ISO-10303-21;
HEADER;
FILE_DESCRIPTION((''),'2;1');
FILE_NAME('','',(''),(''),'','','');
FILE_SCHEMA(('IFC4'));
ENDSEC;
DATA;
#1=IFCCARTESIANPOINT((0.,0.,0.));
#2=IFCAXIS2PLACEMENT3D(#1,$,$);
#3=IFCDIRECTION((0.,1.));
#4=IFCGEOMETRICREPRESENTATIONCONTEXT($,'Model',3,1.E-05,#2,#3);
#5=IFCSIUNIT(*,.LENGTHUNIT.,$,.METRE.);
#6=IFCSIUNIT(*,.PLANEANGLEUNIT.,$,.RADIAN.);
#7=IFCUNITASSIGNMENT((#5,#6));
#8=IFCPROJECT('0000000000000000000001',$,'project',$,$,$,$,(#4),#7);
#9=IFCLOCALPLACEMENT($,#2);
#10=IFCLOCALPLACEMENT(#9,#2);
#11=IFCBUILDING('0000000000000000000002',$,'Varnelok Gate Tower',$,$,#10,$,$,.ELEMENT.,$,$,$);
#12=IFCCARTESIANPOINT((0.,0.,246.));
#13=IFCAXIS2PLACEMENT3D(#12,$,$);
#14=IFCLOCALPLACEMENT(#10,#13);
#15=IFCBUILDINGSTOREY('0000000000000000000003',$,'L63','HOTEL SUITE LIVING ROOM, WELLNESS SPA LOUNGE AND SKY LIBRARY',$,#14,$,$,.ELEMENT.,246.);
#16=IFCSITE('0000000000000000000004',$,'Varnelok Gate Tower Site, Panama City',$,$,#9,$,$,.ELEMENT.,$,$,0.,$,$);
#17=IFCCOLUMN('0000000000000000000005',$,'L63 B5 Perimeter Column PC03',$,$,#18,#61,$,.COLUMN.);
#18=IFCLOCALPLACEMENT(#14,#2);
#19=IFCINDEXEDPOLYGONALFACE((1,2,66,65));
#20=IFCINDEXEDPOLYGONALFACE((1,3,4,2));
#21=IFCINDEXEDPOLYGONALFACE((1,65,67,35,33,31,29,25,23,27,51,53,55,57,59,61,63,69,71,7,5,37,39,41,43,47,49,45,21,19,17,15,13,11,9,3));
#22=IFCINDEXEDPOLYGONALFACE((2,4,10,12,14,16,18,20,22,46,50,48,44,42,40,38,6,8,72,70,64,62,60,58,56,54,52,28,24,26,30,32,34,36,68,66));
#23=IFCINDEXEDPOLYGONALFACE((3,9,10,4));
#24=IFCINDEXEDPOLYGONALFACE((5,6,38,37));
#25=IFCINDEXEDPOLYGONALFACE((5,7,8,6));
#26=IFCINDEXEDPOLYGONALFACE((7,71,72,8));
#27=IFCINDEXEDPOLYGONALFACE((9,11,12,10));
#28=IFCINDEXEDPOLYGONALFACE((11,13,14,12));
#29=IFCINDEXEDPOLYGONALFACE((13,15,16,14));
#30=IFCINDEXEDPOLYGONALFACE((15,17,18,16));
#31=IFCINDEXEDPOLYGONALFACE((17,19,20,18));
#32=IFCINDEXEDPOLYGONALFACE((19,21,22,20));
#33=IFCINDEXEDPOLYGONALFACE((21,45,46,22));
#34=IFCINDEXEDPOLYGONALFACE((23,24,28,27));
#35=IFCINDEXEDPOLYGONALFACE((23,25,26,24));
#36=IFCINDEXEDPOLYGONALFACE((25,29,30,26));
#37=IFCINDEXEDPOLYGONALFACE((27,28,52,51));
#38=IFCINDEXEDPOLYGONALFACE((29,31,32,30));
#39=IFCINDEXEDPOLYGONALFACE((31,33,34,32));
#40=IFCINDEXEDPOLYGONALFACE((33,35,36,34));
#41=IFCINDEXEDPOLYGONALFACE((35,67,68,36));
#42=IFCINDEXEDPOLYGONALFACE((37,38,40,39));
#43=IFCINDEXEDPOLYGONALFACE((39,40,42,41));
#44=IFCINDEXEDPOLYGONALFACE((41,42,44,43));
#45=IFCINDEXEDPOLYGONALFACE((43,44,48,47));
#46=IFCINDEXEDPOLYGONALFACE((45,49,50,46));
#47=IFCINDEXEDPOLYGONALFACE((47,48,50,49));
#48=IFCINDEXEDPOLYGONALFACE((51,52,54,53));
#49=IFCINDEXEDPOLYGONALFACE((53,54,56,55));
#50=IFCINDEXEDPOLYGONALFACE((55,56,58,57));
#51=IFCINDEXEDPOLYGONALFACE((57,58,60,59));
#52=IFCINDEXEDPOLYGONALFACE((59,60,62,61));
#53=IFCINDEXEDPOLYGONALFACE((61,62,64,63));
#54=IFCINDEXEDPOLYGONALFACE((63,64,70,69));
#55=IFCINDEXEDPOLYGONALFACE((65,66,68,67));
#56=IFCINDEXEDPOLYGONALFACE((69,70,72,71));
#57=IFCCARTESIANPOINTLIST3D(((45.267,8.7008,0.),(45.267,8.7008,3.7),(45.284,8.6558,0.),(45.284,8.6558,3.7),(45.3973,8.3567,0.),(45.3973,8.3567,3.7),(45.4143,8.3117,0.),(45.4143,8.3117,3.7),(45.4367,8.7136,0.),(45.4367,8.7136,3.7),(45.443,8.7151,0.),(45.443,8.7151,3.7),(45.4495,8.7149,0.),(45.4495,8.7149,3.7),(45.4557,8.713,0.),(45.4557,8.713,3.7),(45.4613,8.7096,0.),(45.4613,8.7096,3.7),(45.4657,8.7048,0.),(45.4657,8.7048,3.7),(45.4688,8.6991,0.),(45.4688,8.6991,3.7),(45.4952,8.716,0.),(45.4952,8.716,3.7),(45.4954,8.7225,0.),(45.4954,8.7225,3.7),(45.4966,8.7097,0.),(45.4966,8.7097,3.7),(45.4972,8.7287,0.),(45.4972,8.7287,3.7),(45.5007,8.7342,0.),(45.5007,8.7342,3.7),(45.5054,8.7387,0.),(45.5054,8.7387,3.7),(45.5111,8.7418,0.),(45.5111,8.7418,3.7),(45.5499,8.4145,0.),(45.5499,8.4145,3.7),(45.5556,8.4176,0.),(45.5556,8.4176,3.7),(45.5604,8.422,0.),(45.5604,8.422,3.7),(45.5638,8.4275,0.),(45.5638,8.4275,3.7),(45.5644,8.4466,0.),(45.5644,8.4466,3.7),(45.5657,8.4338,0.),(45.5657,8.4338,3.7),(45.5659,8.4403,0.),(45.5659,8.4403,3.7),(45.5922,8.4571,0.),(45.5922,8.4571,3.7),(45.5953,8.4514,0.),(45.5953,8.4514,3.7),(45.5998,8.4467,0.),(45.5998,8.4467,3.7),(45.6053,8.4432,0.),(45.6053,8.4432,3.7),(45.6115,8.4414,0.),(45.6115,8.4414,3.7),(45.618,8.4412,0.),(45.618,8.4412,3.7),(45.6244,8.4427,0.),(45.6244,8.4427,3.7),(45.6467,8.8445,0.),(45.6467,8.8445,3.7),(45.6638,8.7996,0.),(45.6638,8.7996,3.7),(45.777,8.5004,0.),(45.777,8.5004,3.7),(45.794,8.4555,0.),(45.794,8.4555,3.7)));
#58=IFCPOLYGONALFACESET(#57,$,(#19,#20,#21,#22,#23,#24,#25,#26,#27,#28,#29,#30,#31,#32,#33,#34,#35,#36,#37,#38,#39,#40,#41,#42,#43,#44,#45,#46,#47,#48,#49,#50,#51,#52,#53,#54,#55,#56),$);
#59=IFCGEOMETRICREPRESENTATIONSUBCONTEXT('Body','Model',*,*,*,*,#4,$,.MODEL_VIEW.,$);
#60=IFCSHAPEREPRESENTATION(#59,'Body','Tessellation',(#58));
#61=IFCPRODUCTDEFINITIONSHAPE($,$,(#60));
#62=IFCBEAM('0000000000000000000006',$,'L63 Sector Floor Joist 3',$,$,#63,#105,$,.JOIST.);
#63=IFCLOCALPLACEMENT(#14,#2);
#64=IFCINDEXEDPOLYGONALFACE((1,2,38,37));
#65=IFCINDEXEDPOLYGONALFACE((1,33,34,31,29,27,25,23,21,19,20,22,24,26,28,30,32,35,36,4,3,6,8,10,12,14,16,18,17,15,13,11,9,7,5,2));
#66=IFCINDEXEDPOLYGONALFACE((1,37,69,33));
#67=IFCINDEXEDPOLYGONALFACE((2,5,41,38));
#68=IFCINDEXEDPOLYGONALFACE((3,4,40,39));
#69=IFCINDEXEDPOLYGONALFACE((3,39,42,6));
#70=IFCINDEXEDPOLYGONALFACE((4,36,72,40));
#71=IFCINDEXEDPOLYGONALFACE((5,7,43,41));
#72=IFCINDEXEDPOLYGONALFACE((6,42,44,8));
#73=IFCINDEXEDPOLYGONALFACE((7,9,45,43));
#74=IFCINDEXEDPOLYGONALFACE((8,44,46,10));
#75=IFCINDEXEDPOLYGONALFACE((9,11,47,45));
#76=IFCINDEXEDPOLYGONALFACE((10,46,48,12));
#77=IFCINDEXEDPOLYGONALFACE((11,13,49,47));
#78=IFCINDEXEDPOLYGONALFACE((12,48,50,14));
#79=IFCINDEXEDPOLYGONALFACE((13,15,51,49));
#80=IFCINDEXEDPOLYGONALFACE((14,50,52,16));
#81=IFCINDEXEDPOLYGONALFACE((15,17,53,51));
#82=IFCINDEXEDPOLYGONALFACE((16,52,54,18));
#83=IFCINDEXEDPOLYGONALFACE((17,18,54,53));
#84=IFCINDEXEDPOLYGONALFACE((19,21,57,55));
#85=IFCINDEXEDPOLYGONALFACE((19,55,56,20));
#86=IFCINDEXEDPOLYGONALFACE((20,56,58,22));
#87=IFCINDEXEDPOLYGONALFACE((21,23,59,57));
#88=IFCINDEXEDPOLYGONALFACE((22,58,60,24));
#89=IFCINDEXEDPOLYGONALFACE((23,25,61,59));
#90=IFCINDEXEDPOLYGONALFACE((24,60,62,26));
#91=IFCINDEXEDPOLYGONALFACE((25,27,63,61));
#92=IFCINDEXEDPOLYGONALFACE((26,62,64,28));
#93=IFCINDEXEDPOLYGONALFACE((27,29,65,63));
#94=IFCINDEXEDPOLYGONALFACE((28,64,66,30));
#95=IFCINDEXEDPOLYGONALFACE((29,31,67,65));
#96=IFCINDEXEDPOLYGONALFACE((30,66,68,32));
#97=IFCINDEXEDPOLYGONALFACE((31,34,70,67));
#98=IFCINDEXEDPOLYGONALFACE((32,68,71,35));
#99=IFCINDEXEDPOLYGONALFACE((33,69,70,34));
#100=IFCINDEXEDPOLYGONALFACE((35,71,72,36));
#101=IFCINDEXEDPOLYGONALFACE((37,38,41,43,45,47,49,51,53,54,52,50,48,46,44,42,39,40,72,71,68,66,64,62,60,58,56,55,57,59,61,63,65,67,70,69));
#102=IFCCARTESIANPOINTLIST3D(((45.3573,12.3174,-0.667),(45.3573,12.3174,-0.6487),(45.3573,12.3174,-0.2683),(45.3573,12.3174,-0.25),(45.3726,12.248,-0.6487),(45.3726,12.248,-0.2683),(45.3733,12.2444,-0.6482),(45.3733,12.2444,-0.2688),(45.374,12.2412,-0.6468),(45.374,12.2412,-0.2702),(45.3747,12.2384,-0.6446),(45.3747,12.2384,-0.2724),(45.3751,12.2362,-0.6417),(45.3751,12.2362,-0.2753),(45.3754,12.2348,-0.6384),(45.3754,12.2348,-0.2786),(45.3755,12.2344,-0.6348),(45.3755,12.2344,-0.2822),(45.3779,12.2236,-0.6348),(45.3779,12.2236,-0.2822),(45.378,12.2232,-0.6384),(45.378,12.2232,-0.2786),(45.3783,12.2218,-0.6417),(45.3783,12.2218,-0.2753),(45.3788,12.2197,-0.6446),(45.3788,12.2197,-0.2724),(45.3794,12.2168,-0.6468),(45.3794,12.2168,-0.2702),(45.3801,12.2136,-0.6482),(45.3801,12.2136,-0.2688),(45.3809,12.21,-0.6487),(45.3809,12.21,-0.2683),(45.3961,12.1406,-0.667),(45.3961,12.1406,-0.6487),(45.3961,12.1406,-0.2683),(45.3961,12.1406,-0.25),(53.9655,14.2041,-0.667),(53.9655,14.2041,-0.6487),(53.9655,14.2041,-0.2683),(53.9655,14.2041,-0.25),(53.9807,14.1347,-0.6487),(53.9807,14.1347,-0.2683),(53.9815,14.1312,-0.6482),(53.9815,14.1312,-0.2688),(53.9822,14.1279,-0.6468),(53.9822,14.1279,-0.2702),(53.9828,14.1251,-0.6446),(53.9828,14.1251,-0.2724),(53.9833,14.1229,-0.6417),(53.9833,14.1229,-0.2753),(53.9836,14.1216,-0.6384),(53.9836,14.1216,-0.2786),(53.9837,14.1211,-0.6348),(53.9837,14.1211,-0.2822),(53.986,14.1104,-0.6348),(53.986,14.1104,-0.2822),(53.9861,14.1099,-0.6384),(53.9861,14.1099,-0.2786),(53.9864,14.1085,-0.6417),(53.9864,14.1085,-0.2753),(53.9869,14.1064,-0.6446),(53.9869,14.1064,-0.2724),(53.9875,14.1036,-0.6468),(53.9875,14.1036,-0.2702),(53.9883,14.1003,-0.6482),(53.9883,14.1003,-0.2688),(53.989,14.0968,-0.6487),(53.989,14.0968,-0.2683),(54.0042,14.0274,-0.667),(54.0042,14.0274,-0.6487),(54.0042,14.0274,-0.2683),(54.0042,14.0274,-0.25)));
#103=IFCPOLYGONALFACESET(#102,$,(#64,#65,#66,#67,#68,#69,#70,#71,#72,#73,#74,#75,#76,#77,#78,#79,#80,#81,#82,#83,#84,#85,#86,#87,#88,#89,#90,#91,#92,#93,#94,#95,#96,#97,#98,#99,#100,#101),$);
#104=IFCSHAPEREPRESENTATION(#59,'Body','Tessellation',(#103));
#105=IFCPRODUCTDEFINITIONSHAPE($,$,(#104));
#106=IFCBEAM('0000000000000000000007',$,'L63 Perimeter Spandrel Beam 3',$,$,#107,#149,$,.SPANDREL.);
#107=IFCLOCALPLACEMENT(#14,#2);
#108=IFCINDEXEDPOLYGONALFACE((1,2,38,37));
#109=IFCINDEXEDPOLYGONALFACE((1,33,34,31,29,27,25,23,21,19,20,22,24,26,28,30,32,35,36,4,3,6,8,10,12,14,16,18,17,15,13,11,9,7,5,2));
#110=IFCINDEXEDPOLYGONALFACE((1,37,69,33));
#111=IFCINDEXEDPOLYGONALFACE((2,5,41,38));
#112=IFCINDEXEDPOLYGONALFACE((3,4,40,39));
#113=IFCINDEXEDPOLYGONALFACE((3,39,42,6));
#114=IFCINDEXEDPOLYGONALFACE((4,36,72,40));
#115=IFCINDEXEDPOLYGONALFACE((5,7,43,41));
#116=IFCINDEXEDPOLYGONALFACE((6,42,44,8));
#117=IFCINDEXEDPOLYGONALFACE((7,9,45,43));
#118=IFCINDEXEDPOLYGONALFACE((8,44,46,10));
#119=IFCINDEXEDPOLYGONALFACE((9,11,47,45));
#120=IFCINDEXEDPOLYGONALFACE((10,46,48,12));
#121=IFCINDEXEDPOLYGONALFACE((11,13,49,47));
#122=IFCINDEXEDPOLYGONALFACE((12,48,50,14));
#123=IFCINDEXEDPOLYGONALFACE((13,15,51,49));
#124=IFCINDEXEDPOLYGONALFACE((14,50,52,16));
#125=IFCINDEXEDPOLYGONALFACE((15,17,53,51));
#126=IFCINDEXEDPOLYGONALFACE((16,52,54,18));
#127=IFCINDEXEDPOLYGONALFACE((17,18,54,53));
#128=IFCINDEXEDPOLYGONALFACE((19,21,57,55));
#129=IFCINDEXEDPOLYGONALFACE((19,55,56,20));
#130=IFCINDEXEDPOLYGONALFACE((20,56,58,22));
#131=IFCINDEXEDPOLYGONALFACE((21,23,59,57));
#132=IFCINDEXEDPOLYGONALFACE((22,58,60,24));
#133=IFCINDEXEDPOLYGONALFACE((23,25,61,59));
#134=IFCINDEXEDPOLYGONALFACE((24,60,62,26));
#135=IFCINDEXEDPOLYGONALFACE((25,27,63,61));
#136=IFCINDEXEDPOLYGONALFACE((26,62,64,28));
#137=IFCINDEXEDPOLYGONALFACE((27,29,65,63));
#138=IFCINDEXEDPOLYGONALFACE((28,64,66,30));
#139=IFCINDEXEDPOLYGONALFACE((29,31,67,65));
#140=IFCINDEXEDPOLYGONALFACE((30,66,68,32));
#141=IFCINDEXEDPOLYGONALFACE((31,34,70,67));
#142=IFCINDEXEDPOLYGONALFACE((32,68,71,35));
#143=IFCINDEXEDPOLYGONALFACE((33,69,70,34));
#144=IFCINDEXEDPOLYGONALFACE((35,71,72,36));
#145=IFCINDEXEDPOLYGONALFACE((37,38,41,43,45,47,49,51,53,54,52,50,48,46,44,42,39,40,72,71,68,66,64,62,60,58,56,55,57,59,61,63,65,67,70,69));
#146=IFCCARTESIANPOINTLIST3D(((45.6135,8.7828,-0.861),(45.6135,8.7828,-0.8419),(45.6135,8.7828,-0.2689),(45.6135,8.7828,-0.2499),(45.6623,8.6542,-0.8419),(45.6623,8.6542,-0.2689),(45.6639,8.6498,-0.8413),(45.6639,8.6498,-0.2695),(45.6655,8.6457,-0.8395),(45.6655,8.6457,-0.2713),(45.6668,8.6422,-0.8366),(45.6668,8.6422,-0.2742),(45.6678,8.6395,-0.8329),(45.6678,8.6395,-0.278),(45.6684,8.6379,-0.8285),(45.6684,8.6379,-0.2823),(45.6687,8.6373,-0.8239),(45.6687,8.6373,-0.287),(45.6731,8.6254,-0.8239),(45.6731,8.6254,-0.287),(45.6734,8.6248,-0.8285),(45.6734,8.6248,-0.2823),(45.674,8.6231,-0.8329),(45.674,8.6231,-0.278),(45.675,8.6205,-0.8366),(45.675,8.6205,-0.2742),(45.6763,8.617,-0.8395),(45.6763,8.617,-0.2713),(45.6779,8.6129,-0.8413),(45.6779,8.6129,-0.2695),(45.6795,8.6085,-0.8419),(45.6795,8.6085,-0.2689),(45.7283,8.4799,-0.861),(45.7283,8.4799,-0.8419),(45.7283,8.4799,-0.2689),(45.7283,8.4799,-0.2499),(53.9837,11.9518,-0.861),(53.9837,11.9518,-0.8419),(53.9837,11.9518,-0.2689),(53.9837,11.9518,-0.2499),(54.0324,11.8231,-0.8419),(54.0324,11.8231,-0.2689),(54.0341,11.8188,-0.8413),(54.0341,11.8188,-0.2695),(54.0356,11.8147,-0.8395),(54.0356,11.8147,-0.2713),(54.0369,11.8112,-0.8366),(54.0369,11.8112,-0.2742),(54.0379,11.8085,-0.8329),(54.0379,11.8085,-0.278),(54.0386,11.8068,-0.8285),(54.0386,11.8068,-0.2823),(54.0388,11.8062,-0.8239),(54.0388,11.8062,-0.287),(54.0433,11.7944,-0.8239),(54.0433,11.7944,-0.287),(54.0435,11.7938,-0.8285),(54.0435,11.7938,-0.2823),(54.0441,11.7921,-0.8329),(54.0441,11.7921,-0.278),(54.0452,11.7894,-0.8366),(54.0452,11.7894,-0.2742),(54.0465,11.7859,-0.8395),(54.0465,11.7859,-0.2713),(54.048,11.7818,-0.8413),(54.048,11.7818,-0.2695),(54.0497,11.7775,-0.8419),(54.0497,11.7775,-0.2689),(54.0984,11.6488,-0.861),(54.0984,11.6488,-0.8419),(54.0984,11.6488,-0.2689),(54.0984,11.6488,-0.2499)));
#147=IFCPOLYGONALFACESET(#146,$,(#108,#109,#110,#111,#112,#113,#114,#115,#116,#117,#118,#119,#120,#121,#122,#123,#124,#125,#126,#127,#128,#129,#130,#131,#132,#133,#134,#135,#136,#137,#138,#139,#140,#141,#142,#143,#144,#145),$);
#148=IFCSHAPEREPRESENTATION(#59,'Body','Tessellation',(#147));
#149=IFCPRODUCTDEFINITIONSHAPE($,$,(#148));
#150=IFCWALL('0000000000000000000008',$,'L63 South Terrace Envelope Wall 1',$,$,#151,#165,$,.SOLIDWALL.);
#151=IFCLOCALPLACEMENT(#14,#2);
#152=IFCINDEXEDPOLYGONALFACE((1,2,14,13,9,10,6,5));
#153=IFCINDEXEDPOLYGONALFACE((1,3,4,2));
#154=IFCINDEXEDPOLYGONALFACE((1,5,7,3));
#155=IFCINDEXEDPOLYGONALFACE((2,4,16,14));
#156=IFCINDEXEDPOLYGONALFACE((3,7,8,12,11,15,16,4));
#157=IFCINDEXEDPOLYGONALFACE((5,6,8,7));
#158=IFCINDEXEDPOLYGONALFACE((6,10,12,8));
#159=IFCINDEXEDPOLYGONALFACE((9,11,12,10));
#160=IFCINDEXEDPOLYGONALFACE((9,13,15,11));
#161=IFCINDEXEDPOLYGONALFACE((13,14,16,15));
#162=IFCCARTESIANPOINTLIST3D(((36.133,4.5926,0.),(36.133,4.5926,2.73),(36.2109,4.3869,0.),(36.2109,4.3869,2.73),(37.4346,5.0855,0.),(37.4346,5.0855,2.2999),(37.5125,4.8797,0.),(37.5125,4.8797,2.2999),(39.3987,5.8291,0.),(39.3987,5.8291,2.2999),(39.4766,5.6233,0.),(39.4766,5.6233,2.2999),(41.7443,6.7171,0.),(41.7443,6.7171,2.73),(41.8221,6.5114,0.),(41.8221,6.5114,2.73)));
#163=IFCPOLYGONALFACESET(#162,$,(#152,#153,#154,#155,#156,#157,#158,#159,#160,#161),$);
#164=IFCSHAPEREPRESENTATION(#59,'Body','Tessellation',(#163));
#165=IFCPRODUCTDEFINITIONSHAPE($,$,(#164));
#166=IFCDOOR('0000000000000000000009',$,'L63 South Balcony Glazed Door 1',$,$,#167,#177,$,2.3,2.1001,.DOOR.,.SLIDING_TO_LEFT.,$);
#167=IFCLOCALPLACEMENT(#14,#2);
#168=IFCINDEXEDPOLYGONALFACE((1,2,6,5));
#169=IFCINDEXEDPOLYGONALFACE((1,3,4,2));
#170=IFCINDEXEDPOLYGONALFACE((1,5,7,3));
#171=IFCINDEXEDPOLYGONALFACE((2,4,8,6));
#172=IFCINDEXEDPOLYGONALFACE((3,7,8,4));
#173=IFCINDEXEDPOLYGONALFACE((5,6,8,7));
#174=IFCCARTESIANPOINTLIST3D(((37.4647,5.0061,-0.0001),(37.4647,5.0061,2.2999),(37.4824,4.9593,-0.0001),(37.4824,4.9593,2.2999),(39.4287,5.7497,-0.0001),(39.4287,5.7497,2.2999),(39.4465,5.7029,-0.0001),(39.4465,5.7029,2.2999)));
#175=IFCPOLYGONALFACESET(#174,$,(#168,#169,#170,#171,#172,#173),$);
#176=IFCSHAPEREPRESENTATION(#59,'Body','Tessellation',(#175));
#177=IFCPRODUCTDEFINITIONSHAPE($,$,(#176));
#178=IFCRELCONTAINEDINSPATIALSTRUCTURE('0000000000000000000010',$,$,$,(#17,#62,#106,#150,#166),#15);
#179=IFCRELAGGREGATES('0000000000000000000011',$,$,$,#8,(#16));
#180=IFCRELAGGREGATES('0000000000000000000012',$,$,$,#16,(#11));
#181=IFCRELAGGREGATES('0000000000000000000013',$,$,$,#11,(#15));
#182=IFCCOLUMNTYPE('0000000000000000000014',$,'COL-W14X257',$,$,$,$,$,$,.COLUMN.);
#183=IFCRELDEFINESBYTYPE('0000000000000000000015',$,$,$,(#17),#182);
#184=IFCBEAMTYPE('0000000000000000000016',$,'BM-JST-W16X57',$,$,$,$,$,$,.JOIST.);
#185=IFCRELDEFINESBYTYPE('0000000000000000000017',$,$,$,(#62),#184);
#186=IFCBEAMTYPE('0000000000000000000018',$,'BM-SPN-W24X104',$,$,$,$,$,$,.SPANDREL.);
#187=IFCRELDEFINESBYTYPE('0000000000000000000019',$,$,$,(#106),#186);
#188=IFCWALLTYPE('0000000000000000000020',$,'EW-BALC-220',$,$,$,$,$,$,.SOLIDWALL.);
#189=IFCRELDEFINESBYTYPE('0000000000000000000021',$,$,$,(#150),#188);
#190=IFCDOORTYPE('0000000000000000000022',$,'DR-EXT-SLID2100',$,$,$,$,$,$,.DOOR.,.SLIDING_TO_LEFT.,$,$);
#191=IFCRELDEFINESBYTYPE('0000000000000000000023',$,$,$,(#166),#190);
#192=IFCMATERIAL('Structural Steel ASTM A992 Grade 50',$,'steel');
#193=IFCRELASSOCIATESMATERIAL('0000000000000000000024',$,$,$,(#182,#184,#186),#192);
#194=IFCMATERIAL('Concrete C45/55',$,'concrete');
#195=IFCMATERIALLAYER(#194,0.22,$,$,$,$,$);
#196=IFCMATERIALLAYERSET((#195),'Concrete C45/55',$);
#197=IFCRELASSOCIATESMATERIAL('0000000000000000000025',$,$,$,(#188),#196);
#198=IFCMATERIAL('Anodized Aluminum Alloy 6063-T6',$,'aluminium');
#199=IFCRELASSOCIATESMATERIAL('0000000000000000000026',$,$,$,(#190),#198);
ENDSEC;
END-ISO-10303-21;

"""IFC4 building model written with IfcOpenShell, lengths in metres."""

from ifc_helpers import new_model, si_unit, direction, frame, frame_2d, origin, origin_2d, place, context, subcontext, project, spatial, rectangle, i_section, extrude, material, layer, layer_set, material_profile, profile_set, type_object, element, fill, save


model = new_model("IFC4")

# Units and contexts
model_context = context("Model", 3, precision=1e-05, world=origin(), true_north=direction((0.0, 1.0)))
body_context = subcontext(model_context, "Body", "Model", "MODEL_VIEW")
ifc_project = project(units=[si_unit("LENGTHUNIT", "METRE"), si_unit("PLANEANGLEUNIT", "RADIAN")], contexts=[model_context])

# Site, building, storey
site_placement = place(None, origin())
site = spatial("IfcSite", under=ifc_project, at=site_placement, Name="Varnelok Gate Tower Site, Panama City", CompositionType="ELEMENT", RefElevation=0.0)
building_placement = place(site_placement, origin())
building = spatial("IfcBuilding", under=site, at=building_placement, Name="Varnelok Gate Tower", CompositionType="ELEMENT")
storey_placement = place(building_placement, frame((0.0, 0.0, 246.0)))
storey = spatial("IfcBuildingStorey", under=building, at=storey_placement, Name="L63", Description="HOTEL SUITE LIVING ROOM, WELLNESS SPA LOUNGE AND SKY LIBRARY", CompositionType="ELEMENT", Elevation=246.0)

# Column
ifc_material_1 = material(Name="Structural Steel ASTM A992 Grade 50", Category="steel")
ifc_material_profile_1 = material_profile(ifc_material_1, i_section(OverallWidth=0.406, OverallDepth=0.416, WebThickness=0.0298, FlangeThickness=0.0481, FilletRadius=0.0249, at=origin_2d()), Name="W14X257")
ifc_profile_set_1 = profile_set([ifc_material_profile_1], Name="Structural Steel ASTM A992 Grade 50")
column_type = type_object("IfcColumnType", Name="COL-W14X257", PredefinedType="COLUMN", material=ifc_profile_set_1)
column_placement = place(storey_placement, frame((45.5305, 8.5781, 0.0), z_axis=(0.0, 0.0, 1.0), x_axis=(0.935222, 0.354063, 0.0)))
element("IfcColumn", 1, at=column_placement, inside=storey, type_object=column_type, Name="L63 B5 Perimeter Column PC03", PredefinedType="COLUMN", context=body_context, shape_type="SweptSolid", body=[
    extrude(i_section(OverallWidth=0.406, OverallDepth=0.416, WebThickness=0.0298, FlangeThickness=0.0481, FilletRadius=0.0249, at=origin_2d()), origin(), (0.0, 0.0, 1.0), 3.7),
])

# Beams
ifc_material_profile_2 = material_profile(ifc_material_1, i_section(OverallWidth=0.1809, OverallDepth=0.417, WebThickness=0.011, FlangeThickness=0.0183, FilletRadius=0.0139, at=origin_2d()), Name="W16X57")
ifc_profile_set_2 = profile_set([ifc_material_profile_2], Name="Structural Steel ASTM A992 Grade 50")
beam_type_1 = type_object("IfcBeamType", Name="BM-JST-W16X57", PredefinedType="JOIST", material=ifc_profile_set_2)
beam_1_placement = place(storey_placement, frame((45.3767, 12.229, -0.4585), z_axis=(0.976813, 0.214096, 0.0), x_axis=(-0.214096, 0.976813, 0.0)))
element("IfcBeam", 2, at=beam_1_placement, inside=storey, type_object=beam_type_1, Name="L63 Sector Floor Joist 3", PredefinedType="JOIST", context=body_context, shape_type="SweptSolid", body=[
    extrude(i_section(OverallWidth=0.1809, OverallDepth=0.417, WebThickness=0.011, FlangeThickness=0.0183, FilletRadius=0.0139, at=origin_2d()), origin(), (0.0, 0.0, 1.0), 8.8125),
])
ifc_material_profile_3 = material_profile(ifc_material_1, i_section(OverallWidth=0.324, OverallDepth=0.6111, WebThickness=0.0127, FlangeThickness=0.019, FilletRadius=0.0181, at=origin_2d()), Name="W24X104")
ifc_profile_set_3 = profile_set([ifc_material_profile_3], Name="Structural Steel ASTM A992 Grade 50")
beam_type_2 = type_object("IfcBeamType", Name="BM-SPN-W24X104", PredefinedType="SPANDREL", material=ifc_profile_set_3)
beam_2_placement = place(storey_placement, frame((45.6709, 8.6313, -0.5554), z_axis=(0.935217, 0.354075, 0.0), x_axis=(-0.354075, 0.935217, 0.0)))
element("IfcBeam", 3, at=beam_2_placement, inside=storey, type_object=beam_type_2, Name="L63 Perimeter Spandrel Beam 3", PredefinedType="SPANDREL", context=body_context, shape_type="SweptSolid", body=[
    extrude(i_section(OverallWidth=0.324, OverallDepth=0.6111, WebThickness=0.0127, FlangeThickness=0.019, FilletRadius=0.0181, at=origin_2d()), origin(), (0.0, 0.0, 1.0), 8.95),
])

# Wall, opening, door
ifc_material_2 = material(Name="Concrete C45/55", Category="concrete")
ifc_layer_1 = layer(ifc_material_2, 0.22)
ifc_layer_set_1 = layer_set([ifc_layer_1], Name="Concrete C45/55")
wall_type_1 = type_object("IfcWallType", Name="EW-BALC-220", PredefinedType="SOLIDWALL", material=ifc_layer_set_1)
wall_1_placement = place(storey_placement, frame((41.7832, 6.6143, 0.0), z_axis=(0.0, 0.0, 1.0), x_axis=(-0.935214, -0.354083, 0.0)))
wall_1 = element("IfcWall", 4, at=wall_1_placement, inside=storey, type_object=wall_type_1, Name="L63 South Terrace Envelope Wall 1", PredefinedType="SOLIDWALL", context=body_context, shape_type="SweptSolid", body=[
    extrude(rectangle(XDim=6.0, YDim=0.22, at=frame_2d((3.0, 0.0))), origin(), (0.0, 0.0, 1.0), 2.73),
])
opening_1_placement = place(wall_1_placement, frame((2.5081, 0.0, 0.0)))
opening_1 = element("IfcOpeningElement", 5, at=opening_1_placement, cuts=wall_1, PredefinedType="OPENING", context=body_context, shape_type="SweptSolid", body=[
    extrude(rectangle(XDim=2.1001, YDim=2.3, at=frame_2d((1.05, 1.1499))), frame((0.0, 0.1199, 0.0), z_axis=(0.0, -1.0, 0.0), x_axis=(1.0, 0.0, 0.0)), (0.0, 0.0, 1.0), 0.24),
])
ifc_material_3 = material(Name="Anodized Aluminum Alloy 6063-T6", Category="aluminium")
door_type_1 = type_object("IfcDoorType", Name="DR-EXT-SLID2100", OperationType="SLIDING_TO_LEFT", PredefinedType="DOOR", material=ifc_material_3)
door_1_placement = place(opening_1_placement, origin())
door_1 = element("IfcDoor", 6, at=door_1_placement, inside=storey, type_object=door_type_1, Name="L63 South Balcony Glazed Door 1", OperationType="SLIDING_TO_LEFT", OverallHeight=2.3, OverallWidth=2.1001, PredefinedType="DOOR", context=body_context, shape_type="SweptSolid", body=[
    extrude(rectangle(XDim=2.1001, YDim=2.3, at=frame_2d((1.05, 1.1499))), frame((0.0, 0.0249, 0.0), z_axis=(0.0, -1.0, 0.0), x_axis=(1.0, 0.0, 0.0)), (0.0, 0.0, 1.0), 0.05),
])
fill(opening_1, door_1)

save(model, "model.ifc")
